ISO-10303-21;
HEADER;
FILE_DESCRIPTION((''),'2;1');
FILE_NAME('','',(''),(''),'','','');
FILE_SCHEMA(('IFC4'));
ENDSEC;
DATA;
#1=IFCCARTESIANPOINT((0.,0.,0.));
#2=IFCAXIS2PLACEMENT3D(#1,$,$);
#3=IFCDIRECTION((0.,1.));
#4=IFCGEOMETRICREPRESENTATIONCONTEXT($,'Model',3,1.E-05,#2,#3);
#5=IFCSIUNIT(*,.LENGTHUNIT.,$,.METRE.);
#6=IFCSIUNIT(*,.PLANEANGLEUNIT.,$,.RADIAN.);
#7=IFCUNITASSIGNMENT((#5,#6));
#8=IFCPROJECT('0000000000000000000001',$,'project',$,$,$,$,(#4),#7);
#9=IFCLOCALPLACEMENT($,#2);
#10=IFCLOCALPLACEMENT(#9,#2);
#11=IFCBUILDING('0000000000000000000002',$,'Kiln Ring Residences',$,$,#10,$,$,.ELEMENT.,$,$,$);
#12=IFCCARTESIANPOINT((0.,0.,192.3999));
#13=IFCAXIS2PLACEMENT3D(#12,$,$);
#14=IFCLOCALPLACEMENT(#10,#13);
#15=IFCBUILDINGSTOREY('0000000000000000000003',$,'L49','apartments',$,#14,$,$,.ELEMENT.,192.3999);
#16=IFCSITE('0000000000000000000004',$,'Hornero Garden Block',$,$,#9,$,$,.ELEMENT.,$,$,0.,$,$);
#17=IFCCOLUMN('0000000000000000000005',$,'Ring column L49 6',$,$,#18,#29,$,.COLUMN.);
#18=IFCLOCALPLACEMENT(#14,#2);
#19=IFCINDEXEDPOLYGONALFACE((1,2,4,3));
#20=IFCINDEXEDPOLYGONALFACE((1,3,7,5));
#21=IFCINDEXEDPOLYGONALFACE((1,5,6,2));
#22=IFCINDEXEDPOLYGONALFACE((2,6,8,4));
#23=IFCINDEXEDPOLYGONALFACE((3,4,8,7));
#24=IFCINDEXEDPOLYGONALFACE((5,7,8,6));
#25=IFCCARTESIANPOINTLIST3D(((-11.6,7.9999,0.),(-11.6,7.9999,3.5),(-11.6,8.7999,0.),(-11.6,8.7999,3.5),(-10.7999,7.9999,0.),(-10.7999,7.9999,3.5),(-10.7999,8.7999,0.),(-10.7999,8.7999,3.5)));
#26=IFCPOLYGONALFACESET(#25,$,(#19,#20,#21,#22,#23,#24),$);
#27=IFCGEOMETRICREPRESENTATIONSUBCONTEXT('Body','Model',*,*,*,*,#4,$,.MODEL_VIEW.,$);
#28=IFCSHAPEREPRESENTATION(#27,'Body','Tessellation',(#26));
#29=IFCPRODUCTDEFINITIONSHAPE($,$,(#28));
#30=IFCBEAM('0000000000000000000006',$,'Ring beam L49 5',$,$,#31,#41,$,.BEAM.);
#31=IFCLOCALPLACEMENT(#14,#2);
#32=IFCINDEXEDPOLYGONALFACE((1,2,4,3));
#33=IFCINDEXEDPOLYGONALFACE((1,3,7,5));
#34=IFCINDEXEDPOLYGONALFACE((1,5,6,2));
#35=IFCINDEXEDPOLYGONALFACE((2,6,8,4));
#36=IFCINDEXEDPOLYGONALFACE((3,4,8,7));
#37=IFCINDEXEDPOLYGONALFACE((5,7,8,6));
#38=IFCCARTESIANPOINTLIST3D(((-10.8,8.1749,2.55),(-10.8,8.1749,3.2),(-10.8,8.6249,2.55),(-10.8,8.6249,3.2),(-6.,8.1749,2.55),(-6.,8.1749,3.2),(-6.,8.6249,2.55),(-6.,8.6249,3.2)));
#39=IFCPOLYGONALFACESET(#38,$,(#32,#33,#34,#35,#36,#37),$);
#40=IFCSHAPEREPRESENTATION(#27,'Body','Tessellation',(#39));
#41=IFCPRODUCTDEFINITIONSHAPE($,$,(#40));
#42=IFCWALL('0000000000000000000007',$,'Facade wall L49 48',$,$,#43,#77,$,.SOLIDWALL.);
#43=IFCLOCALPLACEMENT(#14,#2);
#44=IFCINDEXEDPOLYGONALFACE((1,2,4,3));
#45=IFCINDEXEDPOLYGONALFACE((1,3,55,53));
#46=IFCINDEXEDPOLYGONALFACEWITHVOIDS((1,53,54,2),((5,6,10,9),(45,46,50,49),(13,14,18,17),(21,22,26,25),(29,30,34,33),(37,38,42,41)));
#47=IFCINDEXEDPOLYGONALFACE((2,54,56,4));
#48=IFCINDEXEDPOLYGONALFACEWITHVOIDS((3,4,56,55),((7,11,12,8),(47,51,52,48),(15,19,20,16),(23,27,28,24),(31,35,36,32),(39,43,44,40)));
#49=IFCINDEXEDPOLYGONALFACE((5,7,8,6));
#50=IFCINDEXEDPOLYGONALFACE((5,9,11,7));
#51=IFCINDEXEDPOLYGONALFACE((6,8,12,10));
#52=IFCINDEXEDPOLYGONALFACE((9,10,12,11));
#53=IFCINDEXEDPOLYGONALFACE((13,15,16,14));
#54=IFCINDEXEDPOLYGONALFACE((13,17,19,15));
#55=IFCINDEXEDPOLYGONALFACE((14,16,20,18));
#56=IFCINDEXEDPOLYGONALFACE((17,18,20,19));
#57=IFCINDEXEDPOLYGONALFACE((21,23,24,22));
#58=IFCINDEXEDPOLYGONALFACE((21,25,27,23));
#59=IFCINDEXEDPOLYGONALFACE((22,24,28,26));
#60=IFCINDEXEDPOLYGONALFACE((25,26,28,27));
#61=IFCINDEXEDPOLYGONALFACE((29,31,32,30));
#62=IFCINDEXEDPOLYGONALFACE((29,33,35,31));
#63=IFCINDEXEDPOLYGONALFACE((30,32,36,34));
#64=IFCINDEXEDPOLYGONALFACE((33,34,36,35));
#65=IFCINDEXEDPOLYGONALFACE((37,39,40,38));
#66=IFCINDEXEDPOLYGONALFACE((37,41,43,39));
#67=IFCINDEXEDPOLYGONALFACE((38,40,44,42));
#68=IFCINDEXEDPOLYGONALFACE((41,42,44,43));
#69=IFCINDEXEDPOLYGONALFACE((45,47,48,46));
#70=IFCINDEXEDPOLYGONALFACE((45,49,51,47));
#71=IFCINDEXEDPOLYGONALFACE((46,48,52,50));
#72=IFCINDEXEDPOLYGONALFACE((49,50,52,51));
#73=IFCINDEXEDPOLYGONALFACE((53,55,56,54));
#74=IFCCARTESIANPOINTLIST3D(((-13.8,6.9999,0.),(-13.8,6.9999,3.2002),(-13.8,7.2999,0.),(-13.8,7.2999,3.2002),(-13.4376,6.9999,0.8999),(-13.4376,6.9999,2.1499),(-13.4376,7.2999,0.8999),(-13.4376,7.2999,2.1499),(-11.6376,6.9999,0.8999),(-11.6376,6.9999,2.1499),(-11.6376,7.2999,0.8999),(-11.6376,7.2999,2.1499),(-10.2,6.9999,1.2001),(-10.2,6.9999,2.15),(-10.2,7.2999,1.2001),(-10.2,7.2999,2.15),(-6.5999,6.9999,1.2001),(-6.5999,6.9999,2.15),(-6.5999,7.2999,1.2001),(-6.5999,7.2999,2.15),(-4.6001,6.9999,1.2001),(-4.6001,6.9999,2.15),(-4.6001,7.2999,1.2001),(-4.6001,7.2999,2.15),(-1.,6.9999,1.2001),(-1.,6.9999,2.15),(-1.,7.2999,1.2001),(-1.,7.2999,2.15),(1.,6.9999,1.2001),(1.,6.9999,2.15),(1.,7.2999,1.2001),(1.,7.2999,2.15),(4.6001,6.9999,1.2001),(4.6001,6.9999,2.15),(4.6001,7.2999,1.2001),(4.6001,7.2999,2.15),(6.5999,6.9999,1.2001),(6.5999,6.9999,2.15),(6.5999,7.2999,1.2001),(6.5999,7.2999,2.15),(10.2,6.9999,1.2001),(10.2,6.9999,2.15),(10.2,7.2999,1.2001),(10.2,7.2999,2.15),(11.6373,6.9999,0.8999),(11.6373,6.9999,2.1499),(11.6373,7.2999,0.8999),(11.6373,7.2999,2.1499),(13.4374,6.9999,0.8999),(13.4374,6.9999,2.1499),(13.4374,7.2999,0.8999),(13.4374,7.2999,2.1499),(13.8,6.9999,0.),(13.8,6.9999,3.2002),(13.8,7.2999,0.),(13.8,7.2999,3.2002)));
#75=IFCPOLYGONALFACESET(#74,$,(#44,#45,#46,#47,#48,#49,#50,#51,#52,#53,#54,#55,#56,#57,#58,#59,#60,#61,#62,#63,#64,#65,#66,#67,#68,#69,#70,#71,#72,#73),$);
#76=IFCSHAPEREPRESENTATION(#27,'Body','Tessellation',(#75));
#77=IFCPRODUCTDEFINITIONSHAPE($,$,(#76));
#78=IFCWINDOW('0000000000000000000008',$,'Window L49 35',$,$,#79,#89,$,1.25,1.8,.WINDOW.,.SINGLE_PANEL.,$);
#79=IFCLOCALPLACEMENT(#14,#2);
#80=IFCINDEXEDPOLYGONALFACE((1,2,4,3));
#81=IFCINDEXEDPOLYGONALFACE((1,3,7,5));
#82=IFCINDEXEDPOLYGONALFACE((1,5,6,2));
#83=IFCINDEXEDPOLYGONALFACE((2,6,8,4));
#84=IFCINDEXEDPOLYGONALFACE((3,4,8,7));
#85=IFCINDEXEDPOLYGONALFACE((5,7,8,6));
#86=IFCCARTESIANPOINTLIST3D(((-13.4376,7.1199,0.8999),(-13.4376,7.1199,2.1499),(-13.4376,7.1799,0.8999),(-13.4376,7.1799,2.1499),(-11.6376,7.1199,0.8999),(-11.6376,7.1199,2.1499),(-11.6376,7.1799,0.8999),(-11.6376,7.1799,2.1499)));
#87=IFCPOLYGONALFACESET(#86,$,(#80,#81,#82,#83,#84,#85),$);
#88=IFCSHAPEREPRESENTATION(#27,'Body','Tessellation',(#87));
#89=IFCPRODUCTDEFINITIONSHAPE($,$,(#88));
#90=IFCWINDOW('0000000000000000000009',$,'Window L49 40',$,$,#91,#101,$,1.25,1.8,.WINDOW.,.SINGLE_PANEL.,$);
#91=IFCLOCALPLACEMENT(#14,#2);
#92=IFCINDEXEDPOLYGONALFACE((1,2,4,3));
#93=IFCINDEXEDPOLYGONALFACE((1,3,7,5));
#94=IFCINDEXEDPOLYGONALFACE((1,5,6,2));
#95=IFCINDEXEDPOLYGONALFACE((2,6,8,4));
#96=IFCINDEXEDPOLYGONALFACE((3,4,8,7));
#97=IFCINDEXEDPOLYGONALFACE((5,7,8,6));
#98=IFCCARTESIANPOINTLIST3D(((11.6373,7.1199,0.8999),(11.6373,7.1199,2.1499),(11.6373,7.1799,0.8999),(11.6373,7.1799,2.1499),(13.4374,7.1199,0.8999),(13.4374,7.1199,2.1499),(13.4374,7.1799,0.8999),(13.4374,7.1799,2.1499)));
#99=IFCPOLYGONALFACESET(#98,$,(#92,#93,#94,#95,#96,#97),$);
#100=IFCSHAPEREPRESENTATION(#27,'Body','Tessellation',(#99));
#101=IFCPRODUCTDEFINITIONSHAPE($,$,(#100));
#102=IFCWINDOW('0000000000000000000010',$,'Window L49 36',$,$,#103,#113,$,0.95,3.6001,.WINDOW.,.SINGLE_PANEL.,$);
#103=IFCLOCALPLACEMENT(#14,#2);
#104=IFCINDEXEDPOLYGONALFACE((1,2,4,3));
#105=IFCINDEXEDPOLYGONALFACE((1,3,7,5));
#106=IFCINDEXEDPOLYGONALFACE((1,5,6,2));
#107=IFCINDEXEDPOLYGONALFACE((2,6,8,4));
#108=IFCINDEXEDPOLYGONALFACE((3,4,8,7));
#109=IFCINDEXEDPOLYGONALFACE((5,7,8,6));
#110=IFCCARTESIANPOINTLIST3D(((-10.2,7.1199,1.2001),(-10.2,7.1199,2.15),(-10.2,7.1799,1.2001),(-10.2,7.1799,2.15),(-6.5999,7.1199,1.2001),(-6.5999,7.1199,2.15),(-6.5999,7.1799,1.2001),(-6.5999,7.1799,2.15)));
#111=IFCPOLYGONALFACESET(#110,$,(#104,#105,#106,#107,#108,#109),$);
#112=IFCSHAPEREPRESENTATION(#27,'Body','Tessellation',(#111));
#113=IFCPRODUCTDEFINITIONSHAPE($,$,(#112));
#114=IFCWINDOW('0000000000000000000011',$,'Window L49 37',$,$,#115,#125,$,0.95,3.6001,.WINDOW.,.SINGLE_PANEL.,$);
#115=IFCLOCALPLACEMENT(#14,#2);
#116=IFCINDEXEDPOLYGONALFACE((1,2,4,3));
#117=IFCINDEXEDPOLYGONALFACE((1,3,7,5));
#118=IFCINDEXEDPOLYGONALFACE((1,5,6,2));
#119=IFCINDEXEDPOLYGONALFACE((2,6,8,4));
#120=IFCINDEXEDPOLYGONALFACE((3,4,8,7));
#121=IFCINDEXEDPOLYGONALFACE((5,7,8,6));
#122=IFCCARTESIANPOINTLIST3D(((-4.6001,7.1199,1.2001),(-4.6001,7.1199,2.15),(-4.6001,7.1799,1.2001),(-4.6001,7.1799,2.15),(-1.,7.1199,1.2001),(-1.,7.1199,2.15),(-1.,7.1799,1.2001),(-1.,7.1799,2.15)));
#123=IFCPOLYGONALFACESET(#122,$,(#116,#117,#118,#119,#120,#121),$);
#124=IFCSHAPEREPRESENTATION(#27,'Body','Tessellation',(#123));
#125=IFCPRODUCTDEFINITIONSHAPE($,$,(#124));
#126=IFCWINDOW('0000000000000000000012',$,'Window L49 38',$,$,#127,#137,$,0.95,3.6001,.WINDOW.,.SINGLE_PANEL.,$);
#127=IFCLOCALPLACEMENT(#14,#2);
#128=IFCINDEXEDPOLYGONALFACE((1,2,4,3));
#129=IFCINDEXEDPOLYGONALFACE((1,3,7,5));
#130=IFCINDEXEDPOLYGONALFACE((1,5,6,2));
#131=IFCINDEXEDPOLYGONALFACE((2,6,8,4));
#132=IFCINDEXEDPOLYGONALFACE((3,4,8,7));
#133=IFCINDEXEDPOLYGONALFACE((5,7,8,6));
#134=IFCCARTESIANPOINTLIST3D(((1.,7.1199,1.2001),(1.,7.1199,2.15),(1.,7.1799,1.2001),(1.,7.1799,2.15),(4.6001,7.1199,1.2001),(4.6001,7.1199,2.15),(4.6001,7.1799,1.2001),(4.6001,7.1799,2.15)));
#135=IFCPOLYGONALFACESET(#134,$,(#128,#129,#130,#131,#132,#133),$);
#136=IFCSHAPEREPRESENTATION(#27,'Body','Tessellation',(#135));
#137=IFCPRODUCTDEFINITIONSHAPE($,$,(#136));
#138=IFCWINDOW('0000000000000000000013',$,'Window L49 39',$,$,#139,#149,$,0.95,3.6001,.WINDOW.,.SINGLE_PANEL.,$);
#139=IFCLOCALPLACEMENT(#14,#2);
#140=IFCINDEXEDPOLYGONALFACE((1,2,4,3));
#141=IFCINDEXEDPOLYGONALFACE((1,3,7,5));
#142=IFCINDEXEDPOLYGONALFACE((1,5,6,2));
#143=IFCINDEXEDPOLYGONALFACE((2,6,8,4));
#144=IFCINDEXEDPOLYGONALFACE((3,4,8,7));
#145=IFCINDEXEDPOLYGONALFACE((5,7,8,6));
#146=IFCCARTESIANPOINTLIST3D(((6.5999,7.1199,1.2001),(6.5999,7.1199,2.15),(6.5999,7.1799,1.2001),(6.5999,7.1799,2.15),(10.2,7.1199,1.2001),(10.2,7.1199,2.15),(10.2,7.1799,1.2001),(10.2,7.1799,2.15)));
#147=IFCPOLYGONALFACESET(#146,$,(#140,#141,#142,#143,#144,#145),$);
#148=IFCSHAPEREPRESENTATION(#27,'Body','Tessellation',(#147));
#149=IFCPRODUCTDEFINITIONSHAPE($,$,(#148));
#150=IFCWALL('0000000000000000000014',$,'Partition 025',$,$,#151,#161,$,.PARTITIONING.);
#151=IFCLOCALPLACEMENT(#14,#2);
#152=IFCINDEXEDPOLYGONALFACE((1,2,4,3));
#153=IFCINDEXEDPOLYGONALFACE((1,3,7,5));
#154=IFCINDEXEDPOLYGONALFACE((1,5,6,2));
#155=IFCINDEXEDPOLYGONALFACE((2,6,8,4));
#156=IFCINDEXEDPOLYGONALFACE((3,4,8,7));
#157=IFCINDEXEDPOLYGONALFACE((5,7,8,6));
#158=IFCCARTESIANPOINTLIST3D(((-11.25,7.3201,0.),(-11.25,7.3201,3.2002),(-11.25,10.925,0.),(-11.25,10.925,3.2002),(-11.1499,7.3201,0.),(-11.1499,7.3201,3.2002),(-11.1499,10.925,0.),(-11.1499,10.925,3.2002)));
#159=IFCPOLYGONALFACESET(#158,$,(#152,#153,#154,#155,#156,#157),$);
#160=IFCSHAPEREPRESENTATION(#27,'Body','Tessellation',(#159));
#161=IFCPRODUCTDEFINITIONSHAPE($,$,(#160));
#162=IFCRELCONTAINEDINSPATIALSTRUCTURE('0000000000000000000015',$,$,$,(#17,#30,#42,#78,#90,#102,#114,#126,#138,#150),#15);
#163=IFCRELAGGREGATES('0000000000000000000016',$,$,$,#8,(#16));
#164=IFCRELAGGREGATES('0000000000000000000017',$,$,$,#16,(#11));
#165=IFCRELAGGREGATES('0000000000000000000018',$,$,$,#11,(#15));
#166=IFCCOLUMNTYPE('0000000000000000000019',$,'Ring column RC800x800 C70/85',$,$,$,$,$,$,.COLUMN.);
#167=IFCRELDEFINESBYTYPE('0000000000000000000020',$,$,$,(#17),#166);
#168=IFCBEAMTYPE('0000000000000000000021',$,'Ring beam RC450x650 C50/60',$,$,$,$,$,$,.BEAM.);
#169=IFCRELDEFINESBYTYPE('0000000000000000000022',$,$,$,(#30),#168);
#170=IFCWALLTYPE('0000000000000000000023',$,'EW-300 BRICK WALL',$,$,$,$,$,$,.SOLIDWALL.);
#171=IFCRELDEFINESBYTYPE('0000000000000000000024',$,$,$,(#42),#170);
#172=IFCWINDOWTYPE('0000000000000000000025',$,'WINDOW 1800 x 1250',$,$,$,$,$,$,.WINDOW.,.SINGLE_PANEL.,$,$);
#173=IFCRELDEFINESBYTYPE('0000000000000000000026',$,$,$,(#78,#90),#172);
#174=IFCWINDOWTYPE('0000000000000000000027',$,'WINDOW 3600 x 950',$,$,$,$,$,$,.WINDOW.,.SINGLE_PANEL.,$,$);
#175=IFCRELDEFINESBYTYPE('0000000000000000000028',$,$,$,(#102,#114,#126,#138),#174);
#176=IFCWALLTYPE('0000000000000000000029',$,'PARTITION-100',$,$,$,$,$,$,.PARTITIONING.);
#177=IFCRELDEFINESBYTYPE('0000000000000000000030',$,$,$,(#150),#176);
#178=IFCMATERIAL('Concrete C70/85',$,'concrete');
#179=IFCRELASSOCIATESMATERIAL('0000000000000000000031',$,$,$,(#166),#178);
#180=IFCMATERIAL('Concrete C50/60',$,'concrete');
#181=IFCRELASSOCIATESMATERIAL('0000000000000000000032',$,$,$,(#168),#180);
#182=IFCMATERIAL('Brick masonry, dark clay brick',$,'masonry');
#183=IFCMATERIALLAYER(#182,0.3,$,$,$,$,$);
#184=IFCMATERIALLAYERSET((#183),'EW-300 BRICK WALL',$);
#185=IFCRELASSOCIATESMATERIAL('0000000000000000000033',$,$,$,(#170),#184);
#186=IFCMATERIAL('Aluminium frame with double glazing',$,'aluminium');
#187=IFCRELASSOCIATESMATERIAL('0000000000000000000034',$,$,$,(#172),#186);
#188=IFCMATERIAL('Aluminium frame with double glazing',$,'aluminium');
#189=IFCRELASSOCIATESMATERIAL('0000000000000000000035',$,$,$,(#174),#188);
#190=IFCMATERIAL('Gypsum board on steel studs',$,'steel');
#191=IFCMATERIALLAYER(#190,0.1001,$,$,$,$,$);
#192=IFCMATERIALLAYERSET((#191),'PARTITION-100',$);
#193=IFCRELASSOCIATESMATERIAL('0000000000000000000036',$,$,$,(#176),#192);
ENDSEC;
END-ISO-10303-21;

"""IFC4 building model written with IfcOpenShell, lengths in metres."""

from ifc_helpers import new_model, si_unit, direction, frame, frame_2d, origin, origin_2d, place, context, subcontext, project, spatial, rectangle, extrude, material, layer, layer_set, material_profile, profile_set, type_object, element, fill, save


model = new_model("IFC4")

# Units and contexts
model_context = context("Model", 3, precision=1e-05, world=origin(), true_north=direction((0.0, 1.0)))
body_context = subcontext(model_context, "Body", "Model", "MODEL_VIEW")
ifc_project = project(units=[si_unit("LENGTHUNIT", "METRE"), si_unit("PLANEANGLEUNIT", "RADIAN")], contexts=[model_context])

# Site, building, storey
site_placement = place(None, origin())
site = spatial("IfcSite", under=ifc_project, at=site_placement, Name="Hornero Garden Block", CompositionType="ELEMENT", RefElevation=0.0)
building_placement = place(site_placement, origin())
building = spatial("IfcBuilding", under=site, at=building_placement, Name="Kiln Ring Residences", CompositionType="ELEMENT")
storey_placement = place(building_placement, frame((0.0, 0.0, 192.3999)))
storey = spatial("IfcBuildingStorey", under=building, at=storey_placement, Name="L49", Description="apartments", CompositionType="ELEMENT", Elevation=192.3999)

# Column
ifc_material_1 = material(Name="Concrete C70/85", Category="concrete")
ifc_material_profile_1 = material_profile(ifc_material_1, rectangle(XDim=0.8, YDim=0.8, at=origin_2d()), Name="RC800x800")
ifc_profile_set_1 = profile_set([ifc_material_profile_1], Name="Concrete C70/85")
column_type = type_object("IfcColumnType", Name="Ring column RC800x800 C70/85", PredefinedType="COLUMN", material=ifc_profile_set_1)
column_placement = place(storey_placement, frame((-11.2, 8.3999, 0.0), z_axis=(0.0, 0.0, 1.0), x_axis=(1.0, 0.0, 0.0)))
element("IfcColumn", 1, at=column_placement, inside=storey, type_object=column_type, Name="Ring column L49 6", PredefinedType="COLUMN", context=body_context, shape_type="SweptSolid", body=[
    extrude(rectangle(XDim=0.8, YDim=0.8, at=origin_2d()), origin(), (0.0, 0.0, 1.0), 3.5),
])

# Beam
ifc_material_2 = material(Name="Concrete C50/60", Category="concrete")
ifc_material_profile_2 = material_profile(ifc_material_2, rectangle(XDim=0.45, YDim=0.6499, at=origin_2d()), Name="RC450x650")
ifc_profile_set_2 = profile_set([ifc_material_profile_2], Name="Concrete C50/60")
beam_type = type_object("IfcBeamType", Name="Ring beam RC450x650 C50/60", PredefinedType="BEAM", material=ifc_profile_set_2)
beam_placement = place(storey_placement, frame((-10.8, 8.3999, 2.875), z_axis=(1.0, 0.0, 0.0), x_axis=(0.0, 1.0, 0.0)))
element("IfcBeam", 2, at=beam_placement, inside=storey, type_object=beam_type, Name="Ring beam L49 5", PredefinedType="BEAM", context=body_context, shape_type="SweptSolid", body=[
    extrude(rectangle(XDim=0.45, YDim=0.6499, at=origin_2d()), origin(), (0.0, 0.0, 1.0), 4.8),
])

# Wall, openings, windows
ifc_material_3 = material(Name="Brick masonry, dark clay brick", Category="masonry")
ifc_layer_1 = layer(ifc_material_3, 0.3)
ifc_layer_set_1 = layer_set([ifc_layer_1], Name="EW-300 BRICK WALL")
wall_type_1 = type_object("IfcWallType", Name="EW-300 BRICK WALL", PredefinedType="SOLIDWALL", material=ifc_layer_set_1)
wall_1_placement = place(storey_placement, frame((-13.8, 7.1499, 0.0), z_axis=(0.0, 0.0, 1.0), x_axis=(1.0, 0.0, 0.0)))
wall_1 = element("IfcWall", 3, at=wall_1_placement, inside=storey, type_object=wall_type_1, Name="Facade wall L49 48", PredefinedType="SOLIDWALL", context=body_context, shape_type="SweptSolid", body=[
    extrude(rectangle(XDim=27.6001, YDim=0.3, at=frame_2d((13.8, 0.0))), origin(), (0.0, 0.0, 1.0), 3.2002),
])
opening_1_placement = place(wall_1_placement, frame((0.3625, 0.0, 0.8999)))
opening_1 = element("IfcOpeningElement", 4, at=opening_1_placement, cuts=wall_1, PredefinedType="OPENING", context=body_context, shape_type="SweptSolid", body=[
    extrude(rectangle(XDim=1.8, YDim=1.25, at=frame_2d((0.8999, 0.625))), frame((0.0, 0.1599, 0.0), z_axis=(0.0, -1.0, 0.0), x_axis=(1.0, 0.0, 0.0)), (0.0, 0.0, 1.0), 0.3201),
])
opening_2_placement = place(wall_1_placement, frame((3.6001, 0.0, 1.2)))
opening_2 = element("IfcOpeningElement", 5, at=opening_2_placement, cuts=wall_1, PredefinedType="OPENING", context=body_context, shape_type="SweptSolid", body=[
    extrude(rectangle(XDim=3.6001, YDim=0.95, at=frame_2d((1.8, 0.4751))), frame((0.0, 0.1599, 0.0), z_axis=(0.0, -1.0, 0.0), x_axis=(1.0, 0.0, 0.0)), (0.0, 0.0, 1.0), 0.3201),
])
opening_3_placement = place(wall_1_placement, frame((9.2, 0.0, 1.2)))
opening_3 = element("IfcOpeningElement", 6, at=opening_3_placement, cuts=wall_1, PredefinedType="OPENING", context=body_context, shape_type="SweptSolid", body=[
    extrude(rectangle(XDim=3.6001, YDim=0.95, at=frame_2d((1.8, 0.4751))), frame((0.0, 0.1599, 0.0), z_axis=(0.0, -1.0, 0.0), x_axis=(1.0, 0.0, 0.0)), (0.0, 0.0, 1.0), 0.3201),
])
opening_4_placement = place(wall_1_placement, frame((14.8, 0.0, 1.2)))
opening_4 = element("IfcOpeningElement", 7, at=opening_4_placement, cuts=wall_1, PredefinedType="OPENING", context=body_context, shape_type="SweptSolid", body=[
    extrude(rectangle(XDim=3.6001, YDim=0.95, at=frame_2d((1.8, 0.4751))), frame((0.0, 0.1599, 0.0), z_axis=(0.0, -1.0, 0.0), x_axis=(1.0, 0.0, 0.0)), (0.0, 0.0, 1.0), 0.3201),
])
opening_5_placement = place(wall_1_placement, frame((20.3999, 0.0, 1.2)))
opening_5 = element("IfcOpeningElement", 8, at=opening_5_placement, cuts=wall_1, PredefinedType="OPENING", context=body_context, shape_type="SweptSolid", body=[
    extrude(rectangle(XDim=3.6001, YDim=0.95, at=frame_2d((1.8, 0.4751))), frame((0.0, 0.1599, 0.0), z_axis=(0.0, -1.0, 0.0), x_axis=(1.0, 0.0, 0.0)), (0.0, 0.0, 1.0), 0.3201),
])
opening_6_placement = place(wall_1_placement, frame((25.4375, 0.0, 0.8999)))
opening_6 = element("IfcOpeningElement", 9, at=opening_6_placement, cuts=wall_1, PredefinedType="OPENING", context=body_context, shape_type="SweptSolid", body=[
    extrude(rectangle(XDim=1.8, YDim=1.25, at=frame_2d((0.8999, 0.625))), frame((0.0, 0.1599, 0.0), z_axis=(0.0, -1.0, 0.0), x_axis=(1.0, 0.0, 0.0)), (0.0, 0.0, 1.0), 0.3201),
])
ifc_material_4 = material(Name="Aluminium frame with double glazing", Category="aluminium")
window_type_1 = type_object("IfcWindowType", Name="WINDOW 1800 x 1250", PartitioningType="SINGLE_PANEL", PredefinedType="WINDOW", material=ifc_material_4)
window_1_placement = place(opening_1_placement, origin())
window_1 = element("IfcWindow", 10, at=window_1_placement, inside=storey, type_object=window_type_1, Name="Window L49 35", OverallHeight=1.25, OverallWidth=1.8, PartitioningType="SINGLE_PANEL", PredefinedType="WINDOW", context=body_context, shape_type="SweptSolid", body=[
    extrude(rectangle(XDim=1.8, YDim=1.25, at=frame_2d((0.8999, 0.625))), frame((0.0, 0.03, 0.0), z_axis=(0.0, -1.0, 0.0), x_axis=(1.0, 0.0, 0.0)), (0.0, 0.0, 1.0), 0.0601),
])
fill(opening_1, window_1)
window_2_placement = place(opening_6_placement, origin())
window_2 = element("IfcWindow", 11, at=window_2_placement, inside=storey, type_object=window_type_1, Name="Window L49 40", OverallHeight=1.25, OverallWidth=1.8, PartitioningType="SINGLE_PANEL", PredefinedType="WINDOW", context=body_context, shape_type="SweptSolid", body=[
    extrude(rectangle(XDim=1.8, YDim=1.25, at=frame_2d((0.8999, 0.625))), frame((0.0, 0.03, 0.0), z_axis=(0.0, -1.0, 0.0), x_axis=(1.0, 0.0, 0.0)), (0.0, 0.0, 1.0), 0.0601),
])
fill(opening_6, window_2)
ifc_material_5 = material(Name="Aluminium frame with double glazing", Category="aluminium")
window_type_2 = type_object("IfcWindowType", Name="WINDOW 3600 x 950", PartitioningType="SINGLE_PANEL", PredefinedType="WINDOW", material=ifc_material_5)
window_3_placement = place(opening_2_placement, origin())
window_3 = element("IfcWindow", 12, at=window_3_placement, inside=storey, type_object=window_type_2, Name="Window L49 36", OverallHeight=0.95, OverallWidth=3.6001, PartitioningType="SINGLE_PANEL", PredefinedType="WINDOW", context=body_context, shape_type="SweptSolid", body=[
    extrude(rectangle(XDim=3.6001, YDim=0.95, at=frame_2d((1.8, 0.4751))), frame((0.0, 0.03, 0.0), z_axis=(0.0, -1.0, 0.0), x_axis=(1.0, 0.0, 0.0)), (0.0, 0.0, 1.0), 0.0601),
])
fill(opening_2, window_3)
window_4_placement = place(opening_3_placement, origin())
window_4 = element("IfcWindow", 13, at=window_4_placement, inside=storey, type_object=window_type_2, Name="Window L49 37", OverallHeight=0.95, OverallWidth=3.6001, PartitioningType="SINGLE_PANEL", PredefinedType="WINDOW", context=body_context, shape_type="SweptSolid", body=[
    extrude(rectangle(XDim=3.6001, YDim=0.95, at=frame_2d((1.8, 0.4751))), frame((0.0, 0.03, 0.0), z_axis=(0.0, -1.0, 0.0), x_axis=(1.0, 0.0, 0.0)), (0.0, 0.0, 1.0), 0.0601),
])
fill(opening_3, window_4)
window_5_placement = place(opening_4_placement, origin())
window_5 = element("IfcWindow", 14, at=window_5_placement, inside=storey, type_object=window_type_2, Name="Window L49 38", OverallHeight=0.95, OverallWidth=3.6001, PartitioningType="SINGLE_PANEL", PredefinedType="WINDOW", context=body_context, shape_type="SweptSolid", body=[
    extrude(rectangle(XDim=3.6001, YDim=0.95, at=frame_2d((1.8, 0.4751))), frame((0.0, 0.03, 0.0), z_axis=(0.0, -1.0, 0.0), x_axis=(1.0, 0.0, 0.0)), (0.0, 0.0, 1.0), 0.0601),
])
fill(opening_4, window_5)
window_6_placement = place(opening_5_placement, origin())
window_6 = element("IfcWindow", 15, at=window_6_placement, inside=storey, type_object=window_type_2, Name="Window L49 39", OverallHeight=0.95, OverallWidth=3.6001, PartitioningType="SINGLE_PANEL", PredefinedType="WINDOW", context=body_context, shape_type="SweptSolid", body=[
    extrude(rectangle(XDim=3.6001, YDim=0.95, at=frame_2d((1.8, 0.4751))), frame((0.0, 0.03, 0.0), z_axis=(0.0, -1.0, 0.0), x_axis=(1.0, 0.0, 0.0)), (0.0, 0.0, 1.0), 0.0601),
])
fill(opening_5, window_6)

# Wall
ifc_material_6 = material(Name="Gypsum board on steel studs", Category="steel")
ifc_layer_2 = layer(ifc_material_6, 0.1001)
ifc_layer_set_2 = layer_set([ifc_layer_2], Name="PARTITION-100")
wall_type_2 = type_object("IfcWallType", Name="PARTITION-100", PredefinedType="PARTITIONING", material=ifc_layer_set_2)
wall_2_placement = place(storey_placement, frame((-11.2, 7.3201, 0.0), z_axis=(0.0, 0.0, 1.0), x_axis=(0.0, 1.0, 0.0)))
element("IfcWall", 16, at=wall_2_placement, inside=storey, type_object=wall_type_2, Name="Partition 025", PredefinedType="PARTITIONING", context=body_context, shape_type="SweptSolid", body=[
    extrude(rectangle(XDim=3.605, YDim=0.1001, at=frame_2d((1.8025, 0.0))), origin(), (0.0, 0.0, 1.0), 3.2002),
])

save(model, "model.ifc")
